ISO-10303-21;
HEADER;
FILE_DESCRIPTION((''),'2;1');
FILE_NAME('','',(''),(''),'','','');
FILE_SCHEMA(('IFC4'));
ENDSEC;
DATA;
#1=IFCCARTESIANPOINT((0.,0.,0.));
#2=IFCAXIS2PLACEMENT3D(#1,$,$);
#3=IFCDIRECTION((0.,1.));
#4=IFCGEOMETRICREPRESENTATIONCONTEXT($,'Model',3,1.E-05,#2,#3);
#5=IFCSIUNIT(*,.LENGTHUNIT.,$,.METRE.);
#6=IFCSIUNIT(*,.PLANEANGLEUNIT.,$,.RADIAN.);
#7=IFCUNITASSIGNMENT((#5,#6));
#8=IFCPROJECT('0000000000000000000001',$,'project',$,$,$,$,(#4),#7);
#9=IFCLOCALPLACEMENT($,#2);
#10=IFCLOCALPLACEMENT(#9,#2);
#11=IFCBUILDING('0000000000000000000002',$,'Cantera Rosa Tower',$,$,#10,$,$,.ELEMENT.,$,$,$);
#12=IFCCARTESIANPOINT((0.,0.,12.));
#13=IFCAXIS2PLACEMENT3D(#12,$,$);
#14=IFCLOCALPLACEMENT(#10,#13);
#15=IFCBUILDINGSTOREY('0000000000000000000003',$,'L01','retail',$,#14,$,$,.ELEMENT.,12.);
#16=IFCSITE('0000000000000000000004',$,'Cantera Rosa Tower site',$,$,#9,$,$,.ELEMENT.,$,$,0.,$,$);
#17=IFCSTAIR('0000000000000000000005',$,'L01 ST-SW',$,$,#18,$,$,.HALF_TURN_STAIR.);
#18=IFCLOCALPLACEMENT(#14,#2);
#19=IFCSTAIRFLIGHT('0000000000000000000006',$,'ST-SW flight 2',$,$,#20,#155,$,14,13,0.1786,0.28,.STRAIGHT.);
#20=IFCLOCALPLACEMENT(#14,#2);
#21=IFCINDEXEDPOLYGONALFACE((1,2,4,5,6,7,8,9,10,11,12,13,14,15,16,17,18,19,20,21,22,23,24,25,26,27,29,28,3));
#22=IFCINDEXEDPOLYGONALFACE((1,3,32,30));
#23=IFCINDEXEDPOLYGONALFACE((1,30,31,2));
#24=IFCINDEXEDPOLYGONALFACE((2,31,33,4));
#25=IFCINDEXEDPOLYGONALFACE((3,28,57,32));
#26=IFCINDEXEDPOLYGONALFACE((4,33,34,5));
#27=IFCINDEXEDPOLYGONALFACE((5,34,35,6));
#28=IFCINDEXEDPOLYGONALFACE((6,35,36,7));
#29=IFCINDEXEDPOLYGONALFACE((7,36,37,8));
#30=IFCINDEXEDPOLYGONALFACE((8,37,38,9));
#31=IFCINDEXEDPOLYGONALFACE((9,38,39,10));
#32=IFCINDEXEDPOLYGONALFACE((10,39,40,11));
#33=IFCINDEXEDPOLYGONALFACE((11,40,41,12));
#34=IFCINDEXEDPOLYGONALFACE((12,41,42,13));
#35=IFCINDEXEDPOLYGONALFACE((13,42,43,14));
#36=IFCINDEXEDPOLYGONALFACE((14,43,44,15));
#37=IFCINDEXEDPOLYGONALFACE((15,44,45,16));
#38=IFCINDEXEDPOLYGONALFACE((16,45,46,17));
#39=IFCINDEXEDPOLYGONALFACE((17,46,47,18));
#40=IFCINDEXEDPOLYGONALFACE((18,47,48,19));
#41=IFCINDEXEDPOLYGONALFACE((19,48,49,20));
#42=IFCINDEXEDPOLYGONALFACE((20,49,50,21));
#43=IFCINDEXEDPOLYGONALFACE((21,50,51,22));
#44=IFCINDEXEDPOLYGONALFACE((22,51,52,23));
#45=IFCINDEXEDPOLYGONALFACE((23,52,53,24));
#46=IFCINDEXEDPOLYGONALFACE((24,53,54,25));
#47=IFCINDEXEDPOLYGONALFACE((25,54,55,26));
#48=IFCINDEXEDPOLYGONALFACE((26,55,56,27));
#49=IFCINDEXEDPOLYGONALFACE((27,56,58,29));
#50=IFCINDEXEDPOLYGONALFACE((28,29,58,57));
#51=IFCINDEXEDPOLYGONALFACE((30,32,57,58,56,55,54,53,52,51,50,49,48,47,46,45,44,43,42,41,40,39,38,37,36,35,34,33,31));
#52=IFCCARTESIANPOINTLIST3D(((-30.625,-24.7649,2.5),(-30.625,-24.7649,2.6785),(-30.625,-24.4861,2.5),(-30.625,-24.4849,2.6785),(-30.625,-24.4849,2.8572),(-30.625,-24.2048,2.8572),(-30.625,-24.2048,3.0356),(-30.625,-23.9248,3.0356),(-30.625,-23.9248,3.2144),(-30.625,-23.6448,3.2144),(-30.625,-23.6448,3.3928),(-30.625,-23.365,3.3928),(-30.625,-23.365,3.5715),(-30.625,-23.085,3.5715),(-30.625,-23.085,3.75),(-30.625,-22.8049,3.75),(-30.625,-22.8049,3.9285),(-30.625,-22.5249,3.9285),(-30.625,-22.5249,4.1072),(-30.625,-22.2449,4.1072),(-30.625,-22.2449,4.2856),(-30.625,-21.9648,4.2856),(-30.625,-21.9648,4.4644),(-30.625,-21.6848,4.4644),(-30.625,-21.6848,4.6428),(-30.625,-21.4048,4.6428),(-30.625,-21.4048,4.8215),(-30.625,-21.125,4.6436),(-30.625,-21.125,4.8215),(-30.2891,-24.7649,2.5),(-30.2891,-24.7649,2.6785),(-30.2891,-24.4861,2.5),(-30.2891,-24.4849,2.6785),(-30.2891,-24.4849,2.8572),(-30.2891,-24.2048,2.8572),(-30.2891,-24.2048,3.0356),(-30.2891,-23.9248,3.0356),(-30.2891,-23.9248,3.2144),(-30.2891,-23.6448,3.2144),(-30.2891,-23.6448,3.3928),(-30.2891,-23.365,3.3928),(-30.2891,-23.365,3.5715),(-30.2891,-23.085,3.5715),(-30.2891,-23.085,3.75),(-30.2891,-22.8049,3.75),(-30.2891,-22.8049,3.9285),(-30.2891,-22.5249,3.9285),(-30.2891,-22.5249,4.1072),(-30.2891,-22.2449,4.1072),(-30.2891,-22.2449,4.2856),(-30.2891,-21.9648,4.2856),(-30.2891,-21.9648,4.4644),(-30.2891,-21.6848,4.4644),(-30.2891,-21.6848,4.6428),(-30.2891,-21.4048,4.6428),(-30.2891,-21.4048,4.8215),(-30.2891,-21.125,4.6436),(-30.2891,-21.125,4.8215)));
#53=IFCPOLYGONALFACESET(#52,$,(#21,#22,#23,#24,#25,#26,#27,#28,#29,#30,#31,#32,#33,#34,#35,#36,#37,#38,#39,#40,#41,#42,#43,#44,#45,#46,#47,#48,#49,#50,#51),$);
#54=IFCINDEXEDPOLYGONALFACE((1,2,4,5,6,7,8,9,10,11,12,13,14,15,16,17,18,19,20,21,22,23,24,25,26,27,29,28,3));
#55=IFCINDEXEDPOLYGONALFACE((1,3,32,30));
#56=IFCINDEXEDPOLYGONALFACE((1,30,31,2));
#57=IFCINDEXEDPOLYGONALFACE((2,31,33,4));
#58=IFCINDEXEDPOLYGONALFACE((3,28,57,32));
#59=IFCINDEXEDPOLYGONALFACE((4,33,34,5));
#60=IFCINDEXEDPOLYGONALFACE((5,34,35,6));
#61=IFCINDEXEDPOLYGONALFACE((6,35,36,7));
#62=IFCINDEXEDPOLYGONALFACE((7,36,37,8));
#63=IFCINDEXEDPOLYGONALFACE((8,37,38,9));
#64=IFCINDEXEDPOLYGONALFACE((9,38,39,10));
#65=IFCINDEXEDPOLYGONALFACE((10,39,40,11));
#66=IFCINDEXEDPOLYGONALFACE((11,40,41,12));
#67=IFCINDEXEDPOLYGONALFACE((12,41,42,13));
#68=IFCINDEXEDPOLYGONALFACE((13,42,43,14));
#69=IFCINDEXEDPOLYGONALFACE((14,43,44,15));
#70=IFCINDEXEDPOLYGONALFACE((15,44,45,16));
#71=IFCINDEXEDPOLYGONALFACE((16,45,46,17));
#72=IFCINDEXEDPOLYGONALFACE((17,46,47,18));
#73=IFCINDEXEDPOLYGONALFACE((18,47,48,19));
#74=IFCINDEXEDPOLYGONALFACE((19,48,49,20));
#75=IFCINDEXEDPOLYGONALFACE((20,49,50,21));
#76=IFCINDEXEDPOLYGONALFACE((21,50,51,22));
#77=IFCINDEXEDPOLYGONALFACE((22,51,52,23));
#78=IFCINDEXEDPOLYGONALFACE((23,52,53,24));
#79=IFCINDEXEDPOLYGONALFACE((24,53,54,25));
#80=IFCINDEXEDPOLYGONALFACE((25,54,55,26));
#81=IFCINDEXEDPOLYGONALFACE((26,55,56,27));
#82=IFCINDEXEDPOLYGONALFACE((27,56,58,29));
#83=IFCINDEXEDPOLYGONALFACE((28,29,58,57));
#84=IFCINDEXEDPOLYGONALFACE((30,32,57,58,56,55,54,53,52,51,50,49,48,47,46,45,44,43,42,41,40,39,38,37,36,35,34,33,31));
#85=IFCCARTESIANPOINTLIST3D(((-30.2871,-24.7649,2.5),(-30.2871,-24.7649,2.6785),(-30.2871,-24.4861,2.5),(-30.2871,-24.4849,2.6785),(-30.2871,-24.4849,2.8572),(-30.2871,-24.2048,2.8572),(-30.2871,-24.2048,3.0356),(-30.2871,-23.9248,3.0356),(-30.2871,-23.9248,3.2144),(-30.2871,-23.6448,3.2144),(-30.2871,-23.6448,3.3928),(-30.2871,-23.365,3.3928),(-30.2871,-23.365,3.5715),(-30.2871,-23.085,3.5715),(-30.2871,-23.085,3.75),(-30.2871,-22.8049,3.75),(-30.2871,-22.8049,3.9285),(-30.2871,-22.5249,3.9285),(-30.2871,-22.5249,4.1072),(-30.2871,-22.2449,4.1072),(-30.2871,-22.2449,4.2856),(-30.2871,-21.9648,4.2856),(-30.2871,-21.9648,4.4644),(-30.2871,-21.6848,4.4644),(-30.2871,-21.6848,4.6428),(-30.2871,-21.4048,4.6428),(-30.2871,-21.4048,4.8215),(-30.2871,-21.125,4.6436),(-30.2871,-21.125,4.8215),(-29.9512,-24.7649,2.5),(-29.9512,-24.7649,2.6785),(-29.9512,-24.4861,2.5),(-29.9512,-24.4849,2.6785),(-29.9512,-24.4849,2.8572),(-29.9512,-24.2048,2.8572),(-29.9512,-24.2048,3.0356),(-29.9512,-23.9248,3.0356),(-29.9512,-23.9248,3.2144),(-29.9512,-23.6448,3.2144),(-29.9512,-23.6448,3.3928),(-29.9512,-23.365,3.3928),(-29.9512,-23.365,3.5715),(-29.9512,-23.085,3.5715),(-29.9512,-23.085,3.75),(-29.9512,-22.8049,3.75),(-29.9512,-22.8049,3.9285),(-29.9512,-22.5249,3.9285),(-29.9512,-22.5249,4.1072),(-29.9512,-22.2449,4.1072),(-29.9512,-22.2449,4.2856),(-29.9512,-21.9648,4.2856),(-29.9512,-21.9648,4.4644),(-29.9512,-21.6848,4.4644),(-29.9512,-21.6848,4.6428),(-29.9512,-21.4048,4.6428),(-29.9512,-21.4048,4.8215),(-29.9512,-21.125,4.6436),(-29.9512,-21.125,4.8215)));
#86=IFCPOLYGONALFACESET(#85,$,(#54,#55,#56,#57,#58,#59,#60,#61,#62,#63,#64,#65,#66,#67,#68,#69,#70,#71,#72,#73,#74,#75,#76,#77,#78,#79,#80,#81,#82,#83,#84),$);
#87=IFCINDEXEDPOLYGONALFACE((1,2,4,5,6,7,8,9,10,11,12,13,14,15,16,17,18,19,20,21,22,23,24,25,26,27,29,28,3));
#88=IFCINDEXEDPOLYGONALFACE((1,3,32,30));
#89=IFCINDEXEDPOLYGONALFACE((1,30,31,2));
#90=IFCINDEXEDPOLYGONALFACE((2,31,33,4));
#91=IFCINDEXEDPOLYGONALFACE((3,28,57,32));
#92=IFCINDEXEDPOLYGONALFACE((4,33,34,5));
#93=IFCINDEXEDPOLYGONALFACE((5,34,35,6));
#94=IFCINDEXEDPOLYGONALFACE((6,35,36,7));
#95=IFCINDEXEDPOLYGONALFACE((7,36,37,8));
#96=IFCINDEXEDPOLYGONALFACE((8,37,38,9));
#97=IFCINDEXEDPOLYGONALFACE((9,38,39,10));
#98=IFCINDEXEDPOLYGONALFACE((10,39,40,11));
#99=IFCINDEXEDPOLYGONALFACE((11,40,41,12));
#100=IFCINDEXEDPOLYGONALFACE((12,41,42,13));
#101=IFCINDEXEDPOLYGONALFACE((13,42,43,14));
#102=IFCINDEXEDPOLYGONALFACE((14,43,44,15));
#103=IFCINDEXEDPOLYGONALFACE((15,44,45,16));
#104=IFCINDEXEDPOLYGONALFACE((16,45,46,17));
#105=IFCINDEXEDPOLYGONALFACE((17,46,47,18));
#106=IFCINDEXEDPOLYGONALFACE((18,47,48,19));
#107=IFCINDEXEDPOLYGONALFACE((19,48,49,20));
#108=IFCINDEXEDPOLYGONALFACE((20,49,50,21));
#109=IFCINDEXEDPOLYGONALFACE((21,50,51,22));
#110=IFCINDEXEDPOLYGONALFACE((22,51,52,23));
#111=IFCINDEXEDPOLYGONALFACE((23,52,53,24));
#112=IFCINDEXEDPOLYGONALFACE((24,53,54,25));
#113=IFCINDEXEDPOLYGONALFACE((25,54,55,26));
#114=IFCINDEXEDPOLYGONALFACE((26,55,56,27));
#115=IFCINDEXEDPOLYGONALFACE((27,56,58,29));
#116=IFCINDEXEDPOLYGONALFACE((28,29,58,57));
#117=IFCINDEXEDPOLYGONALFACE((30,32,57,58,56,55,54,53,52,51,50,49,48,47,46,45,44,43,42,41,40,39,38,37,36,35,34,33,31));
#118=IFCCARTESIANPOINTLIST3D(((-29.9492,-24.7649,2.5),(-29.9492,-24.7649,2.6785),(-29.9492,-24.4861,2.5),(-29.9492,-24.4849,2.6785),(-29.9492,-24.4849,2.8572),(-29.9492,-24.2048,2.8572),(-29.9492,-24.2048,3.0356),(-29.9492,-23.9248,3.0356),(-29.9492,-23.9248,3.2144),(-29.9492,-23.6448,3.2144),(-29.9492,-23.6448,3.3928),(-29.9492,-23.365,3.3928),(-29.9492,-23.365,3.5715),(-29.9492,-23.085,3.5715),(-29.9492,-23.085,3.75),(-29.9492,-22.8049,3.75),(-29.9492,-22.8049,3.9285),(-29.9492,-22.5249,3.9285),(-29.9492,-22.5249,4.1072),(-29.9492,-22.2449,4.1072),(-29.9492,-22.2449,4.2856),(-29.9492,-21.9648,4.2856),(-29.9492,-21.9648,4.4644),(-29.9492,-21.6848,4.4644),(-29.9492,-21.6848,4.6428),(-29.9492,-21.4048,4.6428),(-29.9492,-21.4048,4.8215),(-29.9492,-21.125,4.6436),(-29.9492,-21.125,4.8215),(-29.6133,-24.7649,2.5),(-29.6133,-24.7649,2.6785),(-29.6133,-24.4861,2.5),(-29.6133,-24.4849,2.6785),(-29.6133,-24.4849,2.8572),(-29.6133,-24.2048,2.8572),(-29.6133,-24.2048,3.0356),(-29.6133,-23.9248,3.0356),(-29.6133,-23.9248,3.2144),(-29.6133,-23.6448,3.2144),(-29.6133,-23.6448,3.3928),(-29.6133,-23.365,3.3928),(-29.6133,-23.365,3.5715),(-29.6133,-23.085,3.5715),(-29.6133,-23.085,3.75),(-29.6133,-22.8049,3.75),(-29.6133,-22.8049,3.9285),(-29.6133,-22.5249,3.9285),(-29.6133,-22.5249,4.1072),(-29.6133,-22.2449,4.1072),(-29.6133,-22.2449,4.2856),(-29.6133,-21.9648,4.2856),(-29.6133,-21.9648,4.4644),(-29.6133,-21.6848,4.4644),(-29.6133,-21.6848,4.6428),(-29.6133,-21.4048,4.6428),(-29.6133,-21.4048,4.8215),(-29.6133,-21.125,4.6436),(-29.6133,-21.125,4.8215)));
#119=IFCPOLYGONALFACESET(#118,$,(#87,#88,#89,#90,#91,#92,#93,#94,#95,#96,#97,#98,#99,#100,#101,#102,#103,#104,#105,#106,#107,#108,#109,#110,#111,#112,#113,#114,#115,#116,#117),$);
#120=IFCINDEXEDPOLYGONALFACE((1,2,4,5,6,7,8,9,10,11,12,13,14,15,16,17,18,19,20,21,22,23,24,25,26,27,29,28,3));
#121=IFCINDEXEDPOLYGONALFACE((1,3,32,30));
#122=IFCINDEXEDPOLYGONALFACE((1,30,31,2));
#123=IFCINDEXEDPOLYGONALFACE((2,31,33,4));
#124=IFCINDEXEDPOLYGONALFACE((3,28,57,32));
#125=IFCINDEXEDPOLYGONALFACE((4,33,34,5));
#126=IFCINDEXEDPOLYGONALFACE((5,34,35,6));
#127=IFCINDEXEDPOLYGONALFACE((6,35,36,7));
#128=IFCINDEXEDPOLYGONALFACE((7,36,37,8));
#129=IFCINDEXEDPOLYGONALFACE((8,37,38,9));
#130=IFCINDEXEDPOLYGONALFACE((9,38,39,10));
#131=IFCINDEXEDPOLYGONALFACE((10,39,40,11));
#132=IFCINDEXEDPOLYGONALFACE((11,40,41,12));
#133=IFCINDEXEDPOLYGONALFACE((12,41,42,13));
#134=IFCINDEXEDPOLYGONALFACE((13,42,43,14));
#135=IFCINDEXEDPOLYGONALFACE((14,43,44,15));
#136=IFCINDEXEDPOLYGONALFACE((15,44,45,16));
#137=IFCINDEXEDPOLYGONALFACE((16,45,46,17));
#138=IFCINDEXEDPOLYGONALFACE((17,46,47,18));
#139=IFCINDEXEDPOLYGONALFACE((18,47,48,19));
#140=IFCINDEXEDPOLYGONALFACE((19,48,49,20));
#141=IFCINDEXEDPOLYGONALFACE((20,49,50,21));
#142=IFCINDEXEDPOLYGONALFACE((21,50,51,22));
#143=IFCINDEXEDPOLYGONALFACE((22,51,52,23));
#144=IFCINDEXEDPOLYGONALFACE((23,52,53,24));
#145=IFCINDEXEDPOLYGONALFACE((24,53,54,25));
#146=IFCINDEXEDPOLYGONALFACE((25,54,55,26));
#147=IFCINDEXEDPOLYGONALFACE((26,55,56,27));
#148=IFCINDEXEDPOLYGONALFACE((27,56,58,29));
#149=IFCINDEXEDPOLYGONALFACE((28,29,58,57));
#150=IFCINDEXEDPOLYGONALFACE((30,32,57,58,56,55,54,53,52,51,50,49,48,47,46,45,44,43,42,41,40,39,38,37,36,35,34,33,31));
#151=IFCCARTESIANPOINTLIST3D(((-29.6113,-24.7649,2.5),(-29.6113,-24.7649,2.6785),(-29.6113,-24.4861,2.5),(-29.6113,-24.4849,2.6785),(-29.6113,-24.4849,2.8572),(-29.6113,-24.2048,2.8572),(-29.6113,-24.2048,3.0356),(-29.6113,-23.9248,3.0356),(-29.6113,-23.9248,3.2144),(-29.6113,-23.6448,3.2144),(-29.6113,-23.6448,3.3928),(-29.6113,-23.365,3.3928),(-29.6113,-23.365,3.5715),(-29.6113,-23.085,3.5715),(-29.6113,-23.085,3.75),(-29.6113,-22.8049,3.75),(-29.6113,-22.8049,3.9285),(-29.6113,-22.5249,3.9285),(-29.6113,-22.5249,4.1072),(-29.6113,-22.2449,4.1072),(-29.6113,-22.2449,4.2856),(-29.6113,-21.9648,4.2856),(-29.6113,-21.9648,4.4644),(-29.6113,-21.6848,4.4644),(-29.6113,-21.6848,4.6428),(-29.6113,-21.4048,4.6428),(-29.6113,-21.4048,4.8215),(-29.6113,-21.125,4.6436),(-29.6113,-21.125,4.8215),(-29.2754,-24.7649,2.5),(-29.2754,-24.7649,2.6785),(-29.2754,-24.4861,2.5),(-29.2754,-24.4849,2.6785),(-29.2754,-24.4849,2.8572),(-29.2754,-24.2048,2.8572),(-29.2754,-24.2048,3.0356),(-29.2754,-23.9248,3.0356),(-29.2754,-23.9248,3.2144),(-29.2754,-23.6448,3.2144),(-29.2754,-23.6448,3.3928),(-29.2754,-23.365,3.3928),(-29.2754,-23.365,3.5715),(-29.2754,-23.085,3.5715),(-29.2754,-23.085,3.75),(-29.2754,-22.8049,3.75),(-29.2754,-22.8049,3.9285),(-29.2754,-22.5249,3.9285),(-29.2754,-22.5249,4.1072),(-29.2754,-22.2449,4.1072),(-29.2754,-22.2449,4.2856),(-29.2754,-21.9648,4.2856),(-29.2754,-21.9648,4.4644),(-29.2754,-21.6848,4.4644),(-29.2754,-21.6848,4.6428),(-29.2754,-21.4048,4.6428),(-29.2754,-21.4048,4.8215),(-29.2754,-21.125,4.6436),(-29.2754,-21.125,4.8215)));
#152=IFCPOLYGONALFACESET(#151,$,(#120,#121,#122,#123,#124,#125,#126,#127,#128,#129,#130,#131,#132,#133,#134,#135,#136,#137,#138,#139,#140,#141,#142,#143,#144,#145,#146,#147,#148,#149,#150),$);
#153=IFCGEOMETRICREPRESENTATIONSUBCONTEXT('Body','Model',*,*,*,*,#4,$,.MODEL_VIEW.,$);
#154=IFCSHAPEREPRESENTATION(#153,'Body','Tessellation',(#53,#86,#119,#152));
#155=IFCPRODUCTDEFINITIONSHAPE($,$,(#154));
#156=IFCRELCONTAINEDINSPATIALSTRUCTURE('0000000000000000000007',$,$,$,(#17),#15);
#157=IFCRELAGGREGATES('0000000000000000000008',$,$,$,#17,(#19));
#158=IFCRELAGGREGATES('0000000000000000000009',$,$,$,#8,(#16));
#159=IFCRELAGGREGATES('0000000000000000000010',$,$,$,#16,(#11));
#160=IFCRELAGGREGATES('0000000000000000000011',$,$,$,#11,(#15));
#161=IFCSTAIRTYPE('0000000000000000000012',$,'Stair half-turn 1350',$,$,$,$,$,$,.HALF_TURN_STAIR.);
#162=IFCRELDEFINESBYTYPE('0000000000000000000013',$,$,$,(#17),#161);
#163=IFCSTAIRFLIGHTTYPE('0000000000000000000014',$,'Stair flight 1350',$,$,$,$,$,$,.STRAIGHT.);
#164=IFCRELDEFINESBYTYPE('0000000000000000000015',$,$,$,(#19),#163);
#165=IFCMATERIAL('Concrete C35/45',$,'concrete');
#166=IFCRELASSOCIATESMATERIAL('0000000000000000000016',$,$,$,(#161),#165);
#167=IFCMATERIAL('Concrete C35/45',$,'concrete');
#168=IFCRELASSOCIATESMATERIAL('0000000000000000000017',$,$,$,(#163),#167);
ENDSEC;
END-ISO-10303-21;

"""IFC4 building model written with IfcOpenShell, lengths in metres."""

from ifc_helpers import new_model, si_unit, direction, frame, origin, place, context, subcontext, project, spatial, polyline, outline, extrude, material, type_object, element, aggregate, save


model = new_model("IFC4")

# Units and contexts
model_context = context("Model", 3, precision=1e-05, world=origin(), true_north=direction((0.0, 1.0)))
body_context = subcontext(model_context, "Body", "Model", "MODEL_VIEW")
ifc_project = project(units=[si_unit("LENGTHUNIT", "METRE"), si_unit("PLANEANGLEUNIT", "RADIAN")], contexts=[model_context])

# Site, building, storey
site_placement = place(None, origin())
site = spatial("IfcSite", under=ifc_project, at=site_placement, Name="Cantera Rosa Tower site", CompositionType="ELEMENT", RefElevation=0.0)
building_placement = place(site_placement, origin())
building = spatial("IfcBuilding", under=site, at=building_placement, Name="Cantera Rosa Tower", CompositionType="ELEMENT")
storey_placement = place(building_placement, frame((0.0, 0.0, 12.0)))
storey = spatial("IfcBuildingStorey", under=building, at=storey_placement, Name="L01", Description="retail", CompositionType="ELEMENT", Elevation=12.0)

# Stair, stair flight
ifc_material_1 = material(Name="Concrete C35/45", Category="concrete")
stair_type = type_object("IfcStairType", Name="Stair half-turn 1350", PredefinedType="HALF_TURN_STAIR", material=ifc_material_1)
stair_placement = place(storey_placement, origin())
stair = element("IfcStair", 1, at=stair_placement, inside=storey, type_object=stair_type, Name="L01 ST-SW", PredefinedType="HALF_TURN_STAIR")
ifc_material_2 = material(Name="Concrete C35/45", Category="concrete")
stair_flight_type = type_object("IfcStairFlightType", Name="Stair flight 1350", PredefinedType="STRAIGHT", material=ifc_material_2)
stair_flight_1_placement = place(storey_placement, frame((-29.95, -24.7649, 2.5), z_axis=(0.0, 0.0, 1.0), x_axis=(0.0, 1.0, 0.0)))
stair_flight_1 = element("IfcStairFlight", 2, at=stair_flight_1_placement, type_object=stair_flight_type, Name="ST-SW flight 2", NumberOfRisers=14, NumberOfTreads=13, PredefinedType="STRAIGHT", RiserHeight=0.1786, TreadLength=0.28, context=body_context, shape_type="SweptSolid", body=[
    extrude(outline(polyline([(0.0, 0.0), (0.0, 0.1785), (0.28, 0.1785), (0.28, 0.3572), (0.5601, 0.3572), (0.5601, 0.5356), (0.8401, 0.5356), (0.8401, 0.7144), (1.1201, 0.7144), (1.1201, 0.8928), (1.3999, 0.8928), (1.3999, 1.0715), (1.6799, 1.0715), (1.6799, 1.25), (1.96, 1.25), (1.96, 1.4285), (2.24, 1.4285), (2.24, 1.6072), (2.52, 1.6072), (2.52, 1.7856), (2.8, 1.7856), (2.8, 1.9644), (3.0801, 1.9644), (3.0801, 2.1428), (3.3601, 2.1428), (3.3601, 2.3215), (3.6399, 2.3215), (3.6399, 2.5), (3.6399, 2.1436), (0.2788, 0.0), (0.0, 0.0)])), frame((0.0, 0.675, 0.0), z_axis=(0.0, -1.0, 0.0), x_axis=(1.0, 0.0, 0.0)), (0.0, 0.0, 1.0), 0.3359),
    extrude(outline(polyline([(0.0, 0.0), (0.0, 0.1785), (0.28, 0.1785), (0.28, 0.3572), (0.5601, 0.3572), (0.5601, 0.5356), (0.8401, 0.5356), (0.8401, 0.7144), (1.1201, 0.7144), (1.1201, 0.8928), (1.3999, 0.8928), (1.3999, 1.0715), (1.6799, 1.0715), (1.6799, 1.25), (1.96, 1.25), (1.96, 1.4285), (2.24, 1.4285), (2.24, 1.6072), (2.52, 1.6072), (2.52, 1.7856), (2.8, 1.7856), (2.8, 1.9644), (3.0801, 1.9644), (3.0801, 2.1428), (3.3601, 2.1428), (3.3601, 2.3215), (3.6399, 2.3215), (3.6399, 2.5), (3.6399, 2.1436), (0.2788, 0.0), (0.0, 0.0)])), frame((0.0, 0.3372, 0.0), z_axis=(0.0, -1.0, 0.0), x_axis=(1.0, 0.0, 0.0)), (0.0, 0.0, 1.0), 0.3359),
    extrude(outline(polyline([(0.0, 0.0), (0.0, 0.1785), (0.28, 0.1785), (0.28, 0.3572), (0.5601, 0.3572), (0.5601, 0.5356), (0.8401, 0.5356), (0.8401, 0.7144), (1.1201, 0.7144), (1.1201, 0.8928), (1.3999, 0.8928), (1.3999, 1.0715), (1.6799, 1.0715), (1.6799, 1.25), (1.96, 1.25), (1.96, 1.4285), (2.24, 1.4285), (2.24, 1.6072), (2.52, 1.6072), (2.52, 1.7856), (2.8, 1.7856), (2.8, 1.9644), (3.0801, 1.9644), (3.0801, 2.1428), (3.3601, 2.1428), (3.3601, 2.3215), (3.6399, 2.3215), (3.6399, 2.5), (3.6399, 2.1436), (0.2788, 0.0), (0.0, 0.0)])), frame((0.0, -0.0007, 0.0), z_axis=(0.0, -1.0, 0.0), x_axis=(1.0, 0.0, 0.0)), (0.0, 0.0, 1.0), 0.3359),
    extrude(outline(polyline([(0.0, 0.0), (0.0, 0.1785), (0.28, 0.1785), (0.28, 0.3572), (0.5601, 0.3572), (0.5601, 0.5356), (0.8401, 0.5356), (0.8401, 0.7144), (1.1201, 0.7144), (1.1201, 0.8928), (1.3999, 0.8928), (1.3999, 1.0715), (1.6799, 1.0715), (1.6799, 1.25), (1.96, 1.25), (1.96, 1.4285), (2.24, 1.4285), (2.24, 1.6072), (2.52, 1.6072), (2.52, 1.7856), (2.8, 1.7856), (2.8, 1.9644), (3.0801, 1.9644), (3.0801, 2.1428), (3.3601, 2.1428), (3.3601, 2.3215), (3.6399, 2.3215), (3.6399, 2.5), (3.6399, 2.1436), (0.2788, 0.0), (0.0, 0.0)])), frame((0.0, -0.3386, 0.0), z_axis=(0.0, -1.0, 0.0), x_axis=(1.0, 0.0, 0.0)), (0.0, 0.0, 1.0), 0.3359),
])
aggregate(stair, [stair_flight_1])

save(model, "model.ifc")
